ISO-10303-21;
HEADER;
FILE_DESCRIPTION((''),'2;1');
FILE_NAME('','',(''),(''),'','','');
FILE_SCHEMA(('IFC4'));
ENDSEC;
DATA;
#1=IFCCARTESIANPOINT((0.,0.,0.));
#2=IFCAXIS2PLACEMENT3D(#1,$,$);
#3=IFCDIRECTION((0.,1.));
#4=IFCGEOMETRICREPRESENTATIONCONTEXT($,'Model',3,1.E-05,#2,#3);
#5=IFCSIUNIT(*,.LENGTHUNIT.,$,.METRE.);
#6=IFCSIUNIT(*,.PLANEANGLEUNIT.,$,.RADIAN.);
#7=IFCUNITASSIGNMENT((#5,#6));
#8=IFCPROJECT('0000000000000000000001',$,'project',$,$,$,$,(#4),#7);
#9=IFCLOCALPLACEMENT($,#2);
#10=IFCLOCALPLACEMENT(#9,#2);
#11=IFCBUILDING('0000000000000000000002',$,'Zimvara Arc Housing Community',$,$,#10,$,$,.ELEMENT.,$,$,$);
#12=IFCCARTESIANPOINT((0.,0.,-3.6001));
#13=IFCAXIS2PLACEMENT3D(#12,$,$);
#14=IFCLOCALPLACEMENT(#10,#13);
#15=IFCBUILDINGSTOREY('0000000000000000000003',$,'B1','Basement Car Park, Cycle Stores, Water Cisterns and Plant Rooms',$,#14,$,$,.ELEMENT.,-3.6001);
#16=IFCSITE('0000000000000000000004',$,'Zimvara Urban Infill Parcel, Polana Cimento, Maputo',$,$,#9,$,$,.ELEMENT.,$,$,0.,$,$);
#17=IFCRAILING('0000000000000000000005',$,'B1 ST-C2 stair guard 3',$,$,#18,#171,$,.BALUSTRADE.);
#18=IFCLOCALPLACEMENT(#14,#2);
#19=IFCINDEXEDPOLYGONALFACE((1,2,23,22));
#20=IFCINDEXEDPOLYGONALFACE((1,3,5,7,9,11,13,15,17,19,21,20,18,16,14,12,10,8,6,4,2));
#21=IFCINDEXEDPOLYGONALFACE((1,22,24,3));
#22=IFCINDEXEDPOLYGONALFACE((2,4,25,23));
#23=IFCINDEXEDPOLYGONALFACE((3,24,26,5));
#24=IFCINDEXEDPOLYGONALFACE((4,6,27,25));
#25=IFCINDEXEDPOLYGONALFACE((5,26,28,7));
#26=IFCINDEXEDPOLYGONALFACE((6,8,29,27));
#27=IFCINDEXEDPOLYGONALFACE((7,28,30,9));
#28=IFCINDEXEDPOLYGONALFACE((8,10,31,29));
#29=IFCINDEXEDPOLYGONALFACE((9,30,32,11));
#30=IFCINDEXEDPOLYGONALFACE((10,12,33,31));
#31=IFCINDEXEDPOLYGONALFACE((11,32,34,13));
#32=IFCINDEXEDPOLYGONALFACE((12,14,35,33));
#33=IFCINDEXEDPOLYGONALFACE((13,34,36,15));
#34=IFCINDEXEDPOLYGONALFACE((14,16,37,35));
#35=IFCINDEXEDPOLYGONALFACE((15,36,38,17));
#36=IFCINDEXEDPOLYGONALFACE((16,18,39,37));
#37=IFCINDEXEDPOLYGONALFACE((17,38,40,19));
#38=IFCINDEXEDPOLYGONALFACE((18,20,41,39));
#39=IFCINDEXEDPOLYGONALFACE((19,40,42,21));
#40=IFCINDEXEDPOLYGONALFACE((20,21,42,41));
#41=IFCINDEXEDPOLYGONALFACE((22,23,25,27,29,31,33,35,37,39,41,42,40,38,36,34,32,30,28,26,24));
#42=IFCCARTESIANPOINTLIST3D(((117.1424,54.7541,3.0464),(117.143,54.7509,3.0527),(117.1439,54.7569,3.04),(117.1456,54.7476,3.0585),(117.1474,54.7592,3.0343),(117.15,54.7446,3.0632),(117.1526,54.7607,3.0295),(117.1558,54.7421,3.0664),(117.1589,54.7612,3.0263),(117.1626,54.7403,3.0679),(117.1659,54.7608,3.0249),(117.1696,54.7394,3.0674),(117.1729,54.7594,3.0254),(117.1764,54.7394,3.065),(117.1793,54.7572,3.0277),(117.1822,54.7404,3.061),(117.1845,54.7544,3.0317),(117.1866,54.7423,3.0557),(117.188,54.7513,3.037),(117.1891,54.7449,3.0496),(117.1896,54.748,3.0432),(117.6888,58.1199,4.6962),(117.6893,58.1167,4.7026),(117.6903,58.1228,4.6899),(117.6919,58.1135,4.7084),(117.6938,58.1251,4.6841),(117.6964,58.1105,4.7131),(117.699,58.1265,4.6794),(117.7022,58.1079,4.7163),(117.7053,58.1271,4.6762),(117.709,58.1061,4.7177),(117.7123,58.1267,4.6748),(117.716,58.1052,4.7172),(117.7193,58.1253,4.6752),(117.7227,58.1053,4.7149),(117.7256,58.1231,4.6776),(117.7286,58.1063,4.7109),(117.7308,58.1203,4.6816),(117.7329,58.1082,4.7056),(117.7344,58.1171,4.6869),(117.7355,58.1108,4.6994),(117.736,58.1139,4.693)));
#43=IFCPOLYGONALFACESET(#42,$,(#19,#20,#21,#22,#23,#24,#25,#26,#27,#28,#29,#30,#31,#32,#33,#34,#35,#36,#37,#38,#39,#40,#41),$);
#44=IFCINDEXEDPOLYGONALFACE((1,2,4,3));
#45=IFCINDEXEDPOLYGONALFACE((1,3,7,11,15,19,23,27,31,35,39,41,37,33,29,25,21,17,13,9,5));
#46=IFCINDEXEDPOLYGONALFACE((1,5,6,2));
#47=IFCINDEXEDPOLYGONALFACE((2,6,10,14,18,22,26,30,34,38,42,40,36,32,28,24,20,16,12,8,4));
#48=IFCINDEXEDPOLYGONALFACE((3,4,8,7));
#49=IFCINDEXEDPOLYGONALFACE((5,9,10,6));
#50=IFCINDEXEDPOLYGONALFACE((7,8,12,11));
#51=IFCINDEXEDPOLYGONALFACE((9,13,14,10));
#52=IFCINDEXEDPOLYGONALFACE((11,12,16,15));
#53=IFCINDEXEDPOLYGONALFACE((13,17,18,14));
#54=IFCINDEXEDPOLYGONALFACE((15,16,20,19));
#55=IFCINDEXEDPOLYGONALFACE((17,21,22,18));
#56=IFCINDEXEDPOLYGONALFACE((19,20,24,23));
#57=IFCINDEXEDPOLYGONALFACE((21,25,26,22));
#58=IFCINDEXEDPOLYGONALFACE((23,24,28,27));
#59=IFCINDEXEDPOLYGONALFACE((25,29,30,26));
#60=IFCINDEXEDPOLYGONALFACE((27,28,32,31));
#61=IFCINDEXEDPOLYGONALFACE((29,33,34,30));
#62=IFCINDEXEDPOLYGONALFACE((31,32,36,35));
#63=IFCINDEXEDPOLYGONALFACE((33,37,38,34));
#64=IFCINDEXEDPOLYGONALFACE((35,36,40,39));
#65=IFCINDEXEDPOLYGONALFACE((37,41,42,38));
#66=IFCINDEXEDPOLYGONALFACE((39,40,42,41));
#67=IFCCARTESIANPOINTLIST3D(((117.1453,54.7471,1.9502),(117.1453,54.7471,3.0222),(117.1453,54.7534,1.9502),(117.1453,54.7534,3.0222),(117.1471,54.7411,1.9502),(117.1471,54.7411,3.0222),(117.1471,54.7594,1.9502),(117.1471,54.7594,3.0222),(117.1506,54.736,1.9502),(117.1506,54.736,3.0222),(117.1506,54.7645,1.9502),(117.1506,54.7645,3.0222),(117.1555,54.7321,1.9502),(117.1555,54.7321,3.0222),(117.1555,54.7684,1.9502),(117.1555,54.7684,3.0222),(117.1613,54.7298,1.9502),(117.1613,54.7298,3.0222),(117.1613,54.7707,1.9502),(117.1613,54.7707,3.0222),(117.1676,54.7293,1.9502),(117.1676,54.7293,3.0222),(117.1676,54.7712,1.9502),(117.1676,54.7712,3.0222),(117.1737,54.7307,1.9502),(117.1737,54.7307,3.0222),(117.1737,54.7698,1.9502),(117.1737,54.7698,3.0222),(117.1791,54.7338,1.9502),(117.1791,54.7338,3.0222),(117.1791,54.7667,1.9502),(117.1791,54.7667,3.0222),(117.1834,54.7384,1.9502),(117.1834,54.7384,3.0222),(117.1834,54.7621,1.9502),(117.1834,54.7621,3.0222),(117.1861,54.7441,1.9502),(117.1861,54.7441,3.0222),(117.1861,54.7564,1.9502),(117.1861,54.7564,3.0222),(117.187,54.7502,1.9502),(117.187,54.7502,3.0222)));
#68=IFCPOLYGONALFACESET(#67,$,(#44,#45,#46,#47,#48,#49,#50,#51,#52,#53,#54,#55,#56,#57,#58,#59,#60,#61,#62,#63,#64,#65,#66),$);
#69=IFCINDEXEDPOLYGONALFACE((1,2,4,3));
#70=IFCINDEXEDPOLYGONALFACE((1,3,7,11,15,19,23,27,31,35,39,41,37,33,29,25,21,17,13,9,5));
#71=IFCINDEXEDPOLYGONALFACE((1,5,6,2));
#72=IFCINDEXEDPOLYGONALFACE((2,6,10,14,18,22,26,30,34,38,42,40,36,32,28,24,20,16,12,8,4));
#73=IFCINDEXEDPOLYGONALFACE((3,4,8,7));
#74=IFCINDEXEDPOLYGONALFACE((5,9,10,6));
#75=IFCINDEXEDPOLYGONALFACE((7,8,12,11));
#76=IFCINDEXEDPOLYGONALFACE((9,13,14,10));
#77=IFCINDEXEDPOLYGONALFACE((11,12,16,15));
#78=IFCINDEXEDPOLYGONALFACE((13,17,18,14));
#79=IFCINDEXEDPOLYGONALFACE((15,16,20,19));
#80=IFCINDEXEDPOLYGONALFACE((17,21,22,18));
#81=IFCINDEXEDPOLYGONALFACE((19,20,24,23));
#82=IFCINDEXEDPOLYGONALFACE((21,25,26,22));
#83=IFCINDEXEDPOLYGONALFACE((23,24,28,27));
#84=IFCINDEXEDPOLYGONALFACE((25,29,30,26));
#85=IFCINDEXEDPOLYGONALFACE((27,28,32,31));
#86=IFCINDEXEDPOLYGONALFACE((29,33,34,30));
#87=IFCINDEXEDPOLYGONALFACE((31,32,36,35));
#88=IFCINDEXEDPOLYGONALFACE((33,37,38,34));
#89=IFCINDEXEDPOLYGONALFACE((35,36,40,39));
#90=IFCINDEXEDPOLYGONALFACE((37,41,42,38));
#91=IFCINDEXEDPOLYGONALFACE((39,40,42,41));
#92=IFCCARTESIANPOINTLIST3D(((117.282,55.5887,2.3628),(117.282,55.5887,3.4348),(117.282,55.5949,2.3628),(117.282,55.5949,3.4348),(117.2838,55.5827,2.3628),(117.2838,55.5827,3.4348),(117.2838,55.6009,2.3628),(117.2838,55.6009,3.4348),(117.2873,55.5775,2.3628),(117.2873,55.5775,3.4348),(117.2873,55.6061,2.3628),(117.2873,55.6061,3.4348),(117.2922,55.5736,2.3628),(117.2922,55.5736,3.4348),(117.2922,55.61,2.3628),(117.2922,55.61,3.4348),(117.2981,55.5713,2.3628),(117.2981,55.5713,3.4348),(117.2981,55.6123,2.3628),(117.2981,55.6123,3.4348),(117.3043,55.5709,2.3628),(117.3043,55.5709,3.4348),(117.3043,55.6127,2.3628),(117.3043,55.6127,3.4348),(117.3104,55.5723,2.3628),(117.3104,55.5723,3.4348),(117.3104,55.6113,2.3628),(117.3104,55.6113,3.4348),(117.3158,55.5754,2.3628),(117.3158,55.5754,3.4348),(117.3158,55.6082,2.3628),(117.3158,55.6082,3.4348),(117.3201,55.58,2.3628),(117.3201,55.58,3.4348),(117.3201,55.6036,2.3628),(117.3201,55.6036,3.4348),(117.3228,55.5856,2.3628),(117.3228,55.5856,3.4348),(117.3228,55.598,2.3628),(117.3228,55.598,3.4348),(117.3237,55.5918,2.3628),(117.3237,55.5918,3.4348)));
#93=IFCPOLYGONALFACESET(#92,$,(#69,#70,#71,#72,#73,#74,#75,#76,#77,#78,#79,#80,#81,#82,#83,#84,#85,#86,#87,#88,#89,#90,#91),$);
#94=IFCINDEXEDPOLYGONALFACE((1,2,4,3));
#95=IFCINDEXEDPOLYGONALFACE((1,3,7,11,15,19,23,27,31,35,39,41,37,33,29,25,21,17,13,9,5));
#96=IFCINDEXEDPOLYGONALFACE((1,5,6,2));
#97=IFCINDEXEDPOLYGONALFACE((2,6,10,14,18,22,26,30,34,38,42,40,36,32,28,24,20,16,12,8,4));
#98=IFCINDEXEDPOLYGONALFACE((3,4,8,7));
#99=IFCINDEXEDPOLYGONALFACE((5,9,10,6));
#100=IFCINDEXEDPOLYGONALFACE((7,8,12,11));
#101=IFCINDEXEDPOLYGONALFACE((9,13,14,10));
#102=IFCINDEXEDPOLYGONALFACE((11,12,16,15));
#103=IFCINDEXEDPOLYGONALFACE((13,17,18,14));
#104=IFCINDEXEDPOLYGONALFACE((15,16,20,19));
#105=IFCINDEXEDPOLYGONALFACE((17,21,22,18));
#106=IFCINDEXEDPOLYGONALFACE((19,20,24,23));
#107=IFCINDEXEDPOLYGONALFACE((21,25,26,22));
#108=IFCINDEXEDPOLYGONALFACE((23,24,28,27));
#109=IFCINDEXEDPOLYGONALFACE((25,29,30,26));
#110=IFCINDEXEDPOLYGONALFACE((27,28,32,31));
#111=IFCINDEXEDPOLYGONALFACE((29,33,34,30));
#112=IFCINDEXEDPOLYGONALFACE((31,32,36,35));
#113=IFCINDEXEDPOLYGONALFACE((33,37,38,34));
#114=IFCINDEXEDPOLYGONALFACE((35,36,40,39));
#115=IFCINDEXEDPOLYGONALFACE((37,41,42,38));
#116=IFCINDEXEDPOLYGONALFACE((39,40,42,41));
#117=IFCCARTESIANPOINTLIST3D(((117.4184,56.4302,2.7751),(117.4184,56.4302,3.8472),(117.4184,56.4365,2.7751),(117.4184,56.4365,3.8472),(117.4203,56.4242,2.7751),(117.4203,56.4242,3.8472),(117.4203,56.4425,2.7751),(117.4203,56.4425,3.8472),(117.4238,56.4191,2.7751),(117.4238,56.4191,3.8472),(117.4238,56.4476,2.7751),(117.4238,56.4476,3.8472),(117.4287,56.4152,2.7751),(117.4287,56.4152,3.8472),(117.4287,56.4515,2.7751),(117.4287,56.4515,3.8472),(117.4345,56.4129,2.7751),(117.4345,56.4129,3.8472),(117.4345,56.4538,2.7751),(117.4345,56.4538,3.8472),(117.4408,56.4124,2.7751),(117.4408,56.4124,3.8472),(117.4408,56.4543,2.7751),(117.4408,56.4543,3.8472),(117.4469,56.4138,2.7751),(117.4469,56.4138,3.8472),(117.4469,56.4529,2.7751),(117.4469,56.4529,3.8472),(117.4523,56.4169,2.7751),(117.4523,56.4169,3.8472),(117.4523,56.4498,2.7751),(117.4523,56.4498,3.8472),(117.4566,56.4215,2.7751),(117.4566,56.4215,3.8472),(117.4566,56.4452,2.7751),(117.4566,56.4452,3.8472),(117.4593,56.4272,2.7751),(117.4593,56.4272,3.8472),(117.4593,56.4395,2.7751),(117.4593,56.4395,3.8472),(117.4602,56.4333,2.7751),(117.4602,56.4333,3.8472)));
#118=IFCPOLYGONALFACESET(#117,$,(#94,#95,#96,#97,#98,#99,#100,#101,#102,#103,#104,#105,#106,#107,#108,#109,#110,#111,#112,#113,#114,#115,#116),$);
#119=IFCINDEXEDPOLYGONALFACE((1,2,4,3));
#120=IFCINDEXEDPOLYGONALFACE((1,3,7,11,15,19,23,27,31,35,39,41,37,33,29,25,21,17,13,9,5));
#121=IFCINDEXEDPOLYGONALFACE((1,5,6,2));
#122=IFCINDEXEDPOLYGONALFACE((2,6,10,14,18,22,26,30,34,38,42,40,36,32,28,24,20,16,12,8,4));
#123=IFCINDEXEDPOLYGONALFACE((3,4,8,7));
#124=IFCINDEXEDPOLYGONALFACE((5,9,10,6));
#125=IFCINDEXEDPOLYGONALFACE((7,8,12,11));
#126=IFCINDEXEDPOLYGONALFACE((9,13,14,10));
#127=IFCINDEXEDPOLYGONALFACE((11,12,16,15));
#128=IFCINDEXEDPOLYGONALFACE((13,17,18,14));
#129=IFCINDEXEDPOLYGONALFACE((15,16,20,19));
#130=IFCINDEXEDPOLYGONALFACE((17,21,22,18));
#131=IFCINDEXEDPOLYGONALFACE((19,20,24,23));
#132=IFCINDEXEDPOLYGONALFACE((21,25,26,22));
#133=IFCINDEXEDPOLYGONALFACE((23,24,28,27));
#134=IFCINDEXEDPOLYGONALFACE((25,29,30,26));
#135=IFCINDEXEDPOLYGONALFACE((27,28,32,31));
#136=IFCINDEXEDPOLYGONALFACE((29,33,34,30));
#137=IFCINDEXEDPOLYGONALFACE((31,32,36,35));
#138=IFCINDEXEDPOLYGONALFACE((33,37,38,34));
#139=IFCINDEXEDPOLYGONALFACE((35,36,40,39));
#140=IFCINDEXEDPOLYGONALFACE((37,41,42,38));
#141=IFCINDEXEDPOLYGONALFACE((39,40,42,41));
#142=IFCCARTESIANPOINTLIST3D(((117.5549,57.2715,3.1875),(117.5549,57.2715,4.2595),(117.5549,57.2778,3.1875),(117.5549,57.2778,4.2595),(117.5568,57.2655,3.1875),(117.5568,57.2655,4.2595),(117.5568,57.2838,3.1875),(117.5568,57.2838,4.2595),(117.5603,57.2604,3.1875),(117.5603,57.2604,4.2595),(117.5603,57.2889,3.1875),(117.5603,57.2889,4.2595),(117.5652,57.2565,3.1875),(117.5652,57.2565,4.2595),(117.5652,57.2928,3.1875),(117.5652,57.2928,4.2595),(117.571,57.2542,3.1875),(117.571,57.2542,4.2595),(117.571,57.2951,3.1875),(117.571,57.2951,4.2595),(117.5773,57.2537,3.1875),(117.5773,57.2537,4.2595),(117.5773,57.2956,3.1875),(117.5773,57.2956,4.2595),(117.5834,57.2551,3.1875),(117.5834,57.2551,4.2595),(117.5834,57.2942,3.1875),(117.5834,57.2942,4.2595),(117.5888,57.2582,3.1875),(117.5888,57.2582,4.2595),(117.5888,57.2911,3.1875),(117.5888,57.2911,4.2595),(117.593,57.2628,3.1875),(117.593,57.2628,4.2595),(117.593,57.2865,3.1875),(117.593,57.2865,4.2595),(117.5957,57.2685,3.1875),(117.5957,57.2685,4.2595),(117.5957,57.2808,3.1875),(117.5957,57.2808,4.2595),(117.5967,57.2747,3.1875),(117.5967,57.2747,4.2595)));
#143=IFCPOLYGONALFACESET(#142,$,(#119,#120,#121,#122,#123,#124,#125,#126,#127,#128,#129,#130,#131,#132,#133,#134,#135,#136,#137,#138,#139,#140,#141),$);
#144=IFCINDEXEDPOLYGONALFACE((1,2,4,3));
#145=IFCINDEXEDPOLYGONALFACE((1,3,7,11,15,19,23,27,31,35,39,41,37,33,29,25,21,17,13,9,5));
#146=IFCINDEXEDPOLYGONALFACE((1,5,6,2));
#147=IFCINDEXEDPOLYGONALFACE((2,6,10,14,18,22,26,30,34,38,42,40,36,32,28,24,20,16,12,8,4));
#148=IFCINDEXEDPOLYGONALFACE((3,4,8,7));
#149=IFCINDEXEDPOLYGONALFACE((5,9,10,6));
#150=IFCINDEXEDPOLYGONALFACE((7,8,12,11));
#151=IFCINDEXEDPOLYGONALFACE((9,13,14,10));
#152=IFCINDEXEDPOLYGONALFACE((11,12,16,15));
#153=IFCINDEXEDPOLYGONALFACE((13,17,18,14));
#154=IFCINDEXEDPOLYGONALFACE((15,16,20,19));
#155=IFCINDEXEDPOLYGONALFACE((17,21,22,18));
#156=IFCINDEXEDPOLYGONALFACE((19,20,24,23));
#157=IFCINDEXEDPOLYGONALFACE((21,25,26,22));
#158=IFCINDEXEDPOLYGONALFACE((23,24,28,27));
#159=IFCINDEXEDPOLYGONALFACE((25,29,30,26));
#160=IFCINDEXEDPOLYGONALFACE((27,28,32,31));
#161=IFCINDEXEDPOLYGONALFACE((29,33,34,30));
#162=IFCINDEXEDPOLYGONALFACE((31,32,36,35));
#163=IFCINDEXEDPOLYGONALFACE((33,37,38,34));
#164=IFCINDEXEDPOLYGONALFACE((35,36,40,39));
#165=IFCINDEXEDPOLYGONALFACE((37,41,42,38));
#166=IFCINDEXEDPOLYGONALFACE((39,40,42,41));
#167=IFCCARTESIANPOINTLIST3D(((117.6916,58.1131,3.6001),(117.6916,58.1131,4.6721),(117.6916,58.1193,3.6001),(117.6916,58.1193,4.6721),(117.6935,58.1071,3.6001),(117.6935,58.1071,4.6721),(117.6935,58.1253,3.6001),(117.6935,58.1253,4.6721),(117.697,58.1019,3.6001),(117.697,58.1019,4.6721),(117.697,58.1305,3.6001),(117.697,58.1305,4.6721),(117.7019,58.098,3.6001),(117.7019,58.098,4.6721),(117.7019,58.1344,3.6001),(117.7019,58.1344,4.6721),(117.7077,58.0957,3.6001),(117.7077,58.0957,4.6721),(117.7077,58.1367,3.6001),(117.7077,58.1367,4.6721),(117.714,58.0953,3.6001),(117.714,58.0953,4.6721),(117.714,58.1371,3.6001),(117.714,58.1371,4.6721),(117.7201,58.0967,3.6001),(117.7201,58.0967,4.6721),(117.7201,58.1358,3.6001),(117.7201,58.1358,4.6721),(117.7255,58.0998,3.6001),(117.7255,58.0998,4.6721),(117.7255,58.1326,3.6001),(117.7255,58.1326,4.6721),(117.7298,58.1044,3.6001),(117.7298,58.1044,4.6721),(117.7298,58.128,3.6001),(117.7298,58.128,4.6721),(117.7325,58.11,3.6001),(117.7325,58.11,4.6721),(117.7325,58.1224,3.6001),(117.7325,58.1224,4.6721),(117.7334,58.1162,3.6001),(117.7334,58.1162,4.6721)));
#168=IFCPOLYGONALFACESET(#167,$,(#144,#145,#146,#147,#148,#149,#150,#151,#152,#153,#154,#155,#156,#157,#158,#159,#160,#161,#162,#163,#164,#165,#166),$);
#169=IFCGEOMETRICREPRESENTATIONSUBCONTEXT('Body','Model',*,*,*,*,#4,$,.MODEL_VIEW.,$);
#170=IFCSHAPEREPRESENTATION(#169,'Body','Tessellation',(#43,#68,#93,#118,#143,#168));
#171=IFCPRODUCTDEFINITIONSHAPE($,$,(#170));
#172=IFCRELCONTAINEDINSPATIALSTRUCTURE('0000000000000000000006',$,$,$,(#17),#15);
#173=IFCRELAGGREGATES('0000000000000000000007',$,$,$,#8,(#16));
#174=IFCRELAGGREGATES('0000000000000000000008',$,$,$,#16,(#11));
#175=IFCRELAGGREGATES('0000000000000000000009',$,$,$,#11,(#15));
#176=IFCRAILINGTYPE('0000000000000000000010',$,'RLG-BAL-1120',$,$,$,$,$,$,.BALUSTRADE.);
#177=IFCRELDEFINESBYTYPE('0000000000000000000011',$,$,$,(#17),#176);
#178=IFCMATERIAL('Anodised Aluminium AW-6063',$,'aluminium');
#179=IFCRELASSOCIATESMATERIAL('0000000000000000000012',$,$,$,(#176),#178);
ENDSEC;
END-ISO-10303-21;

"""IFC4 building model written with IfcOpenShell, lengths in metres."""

from ifc_helpers import new_model, si_unit, direction, frame, origin, origin_2d, place, context, subcontext, project, spatial, circle, extrude, material, type_object, element, save


model = new_model("IFC4")

# Units and contexts
model_context = context("Model", 3, precision=1e-05, world=origin(), true_north=direction((0.0, 1.0)))
body_context = subcontext(model_context, "Body", "Model", "MODEL_VIEW")
ifc_project = project(units=[si_unit("LENGTHUNIT", "METRE"), si_unit("PLANEANGLEUNIT", "RADIAN")], contexts=[model_context])

# Site, building, storey
site_placement = place(None, origin())
site = spatial("IfcSite", under=ifc_project, at=site_placement, Name="Zimvara Urban Infill Parcel, Polana Cimento, Maputo", CompositionType="ELEMENT", RefElevation=0.0)
building_placement = place(site_placement, origin())
building = spatial("IfcBuilding", under=site, at=building_placement, Name="Zimvara Arc Housing Community", CompositionType="ELEMENT")
storey_placement = place(building_placement, frame((0.0, 0.0, -3.6001)))
storey = spatial("IfcBuildingStorey", under=building, at=storey_placement, Name="B1", Description="Basement Car Park, Cycle Stores, Water Cisterns and Plant Rooms", CompositionType="ELEMENT", Elevation=-3.6001)

# Railing
ifc_material_1 = material(Name="Anodised Aluminium AW-6063", Category="aluminium")
railing_type_1 = type_object("IfcRailingType", Name="RLG-BAL-1120", PredefinedType="BALUSTRADE", material=ifc_material_1)
railing_1_placement = place(storey_placement, frame((117.166, 54.7502, 1.9502)))
element("IfcRailing", 1, at=railing_1_placement, inside=storey, type_object=railing_type_1, Name="B1 ST-C2 stair guard 3", PredefinedType="BALUSTRADE", context=body_context, shape_type="SweptSolid", body=[
    extrude(circle(Radius=0.0239, at=origin_2d()), frame((0.0, 0.0, 1.0962), z_axis=(0.144234, 0.88854, 0.435537), x_axis=(-0.98708, 0.16023, 0.0)), (0.0, 0.0, 1.0), 3.7881),
    extrude(circle(Radius=0.021, at=origin_2d()), origin(), (0.0, 0.0, 1.0), 1.072),
    extrude(circle(Radius=0.021, at=origin_2d()), frame((0.1367, 0.8416, 0.4126)), (0.0, 0.0, 1.0), 1.072),
    extrude(circle(Radius=0.021, at=origin_2d()), frame((0.2732, 1.6831, 0.825)), (0.0, 0.0, 1.0), 1.072),
    extrude(circle(Radius=0.021, at=origin_2d()), frame((0.4097, 2.5244, 1.2373)), (0.0, 0.0, 1.0), 1.072),
    extrude(circle(Radius=0.021, at=origin_2d()), frame((0.5464, 3.366, 1.6499)), (0.0, 0.0, 1.0), 1.072),
])

save(model, "model.ifc")
